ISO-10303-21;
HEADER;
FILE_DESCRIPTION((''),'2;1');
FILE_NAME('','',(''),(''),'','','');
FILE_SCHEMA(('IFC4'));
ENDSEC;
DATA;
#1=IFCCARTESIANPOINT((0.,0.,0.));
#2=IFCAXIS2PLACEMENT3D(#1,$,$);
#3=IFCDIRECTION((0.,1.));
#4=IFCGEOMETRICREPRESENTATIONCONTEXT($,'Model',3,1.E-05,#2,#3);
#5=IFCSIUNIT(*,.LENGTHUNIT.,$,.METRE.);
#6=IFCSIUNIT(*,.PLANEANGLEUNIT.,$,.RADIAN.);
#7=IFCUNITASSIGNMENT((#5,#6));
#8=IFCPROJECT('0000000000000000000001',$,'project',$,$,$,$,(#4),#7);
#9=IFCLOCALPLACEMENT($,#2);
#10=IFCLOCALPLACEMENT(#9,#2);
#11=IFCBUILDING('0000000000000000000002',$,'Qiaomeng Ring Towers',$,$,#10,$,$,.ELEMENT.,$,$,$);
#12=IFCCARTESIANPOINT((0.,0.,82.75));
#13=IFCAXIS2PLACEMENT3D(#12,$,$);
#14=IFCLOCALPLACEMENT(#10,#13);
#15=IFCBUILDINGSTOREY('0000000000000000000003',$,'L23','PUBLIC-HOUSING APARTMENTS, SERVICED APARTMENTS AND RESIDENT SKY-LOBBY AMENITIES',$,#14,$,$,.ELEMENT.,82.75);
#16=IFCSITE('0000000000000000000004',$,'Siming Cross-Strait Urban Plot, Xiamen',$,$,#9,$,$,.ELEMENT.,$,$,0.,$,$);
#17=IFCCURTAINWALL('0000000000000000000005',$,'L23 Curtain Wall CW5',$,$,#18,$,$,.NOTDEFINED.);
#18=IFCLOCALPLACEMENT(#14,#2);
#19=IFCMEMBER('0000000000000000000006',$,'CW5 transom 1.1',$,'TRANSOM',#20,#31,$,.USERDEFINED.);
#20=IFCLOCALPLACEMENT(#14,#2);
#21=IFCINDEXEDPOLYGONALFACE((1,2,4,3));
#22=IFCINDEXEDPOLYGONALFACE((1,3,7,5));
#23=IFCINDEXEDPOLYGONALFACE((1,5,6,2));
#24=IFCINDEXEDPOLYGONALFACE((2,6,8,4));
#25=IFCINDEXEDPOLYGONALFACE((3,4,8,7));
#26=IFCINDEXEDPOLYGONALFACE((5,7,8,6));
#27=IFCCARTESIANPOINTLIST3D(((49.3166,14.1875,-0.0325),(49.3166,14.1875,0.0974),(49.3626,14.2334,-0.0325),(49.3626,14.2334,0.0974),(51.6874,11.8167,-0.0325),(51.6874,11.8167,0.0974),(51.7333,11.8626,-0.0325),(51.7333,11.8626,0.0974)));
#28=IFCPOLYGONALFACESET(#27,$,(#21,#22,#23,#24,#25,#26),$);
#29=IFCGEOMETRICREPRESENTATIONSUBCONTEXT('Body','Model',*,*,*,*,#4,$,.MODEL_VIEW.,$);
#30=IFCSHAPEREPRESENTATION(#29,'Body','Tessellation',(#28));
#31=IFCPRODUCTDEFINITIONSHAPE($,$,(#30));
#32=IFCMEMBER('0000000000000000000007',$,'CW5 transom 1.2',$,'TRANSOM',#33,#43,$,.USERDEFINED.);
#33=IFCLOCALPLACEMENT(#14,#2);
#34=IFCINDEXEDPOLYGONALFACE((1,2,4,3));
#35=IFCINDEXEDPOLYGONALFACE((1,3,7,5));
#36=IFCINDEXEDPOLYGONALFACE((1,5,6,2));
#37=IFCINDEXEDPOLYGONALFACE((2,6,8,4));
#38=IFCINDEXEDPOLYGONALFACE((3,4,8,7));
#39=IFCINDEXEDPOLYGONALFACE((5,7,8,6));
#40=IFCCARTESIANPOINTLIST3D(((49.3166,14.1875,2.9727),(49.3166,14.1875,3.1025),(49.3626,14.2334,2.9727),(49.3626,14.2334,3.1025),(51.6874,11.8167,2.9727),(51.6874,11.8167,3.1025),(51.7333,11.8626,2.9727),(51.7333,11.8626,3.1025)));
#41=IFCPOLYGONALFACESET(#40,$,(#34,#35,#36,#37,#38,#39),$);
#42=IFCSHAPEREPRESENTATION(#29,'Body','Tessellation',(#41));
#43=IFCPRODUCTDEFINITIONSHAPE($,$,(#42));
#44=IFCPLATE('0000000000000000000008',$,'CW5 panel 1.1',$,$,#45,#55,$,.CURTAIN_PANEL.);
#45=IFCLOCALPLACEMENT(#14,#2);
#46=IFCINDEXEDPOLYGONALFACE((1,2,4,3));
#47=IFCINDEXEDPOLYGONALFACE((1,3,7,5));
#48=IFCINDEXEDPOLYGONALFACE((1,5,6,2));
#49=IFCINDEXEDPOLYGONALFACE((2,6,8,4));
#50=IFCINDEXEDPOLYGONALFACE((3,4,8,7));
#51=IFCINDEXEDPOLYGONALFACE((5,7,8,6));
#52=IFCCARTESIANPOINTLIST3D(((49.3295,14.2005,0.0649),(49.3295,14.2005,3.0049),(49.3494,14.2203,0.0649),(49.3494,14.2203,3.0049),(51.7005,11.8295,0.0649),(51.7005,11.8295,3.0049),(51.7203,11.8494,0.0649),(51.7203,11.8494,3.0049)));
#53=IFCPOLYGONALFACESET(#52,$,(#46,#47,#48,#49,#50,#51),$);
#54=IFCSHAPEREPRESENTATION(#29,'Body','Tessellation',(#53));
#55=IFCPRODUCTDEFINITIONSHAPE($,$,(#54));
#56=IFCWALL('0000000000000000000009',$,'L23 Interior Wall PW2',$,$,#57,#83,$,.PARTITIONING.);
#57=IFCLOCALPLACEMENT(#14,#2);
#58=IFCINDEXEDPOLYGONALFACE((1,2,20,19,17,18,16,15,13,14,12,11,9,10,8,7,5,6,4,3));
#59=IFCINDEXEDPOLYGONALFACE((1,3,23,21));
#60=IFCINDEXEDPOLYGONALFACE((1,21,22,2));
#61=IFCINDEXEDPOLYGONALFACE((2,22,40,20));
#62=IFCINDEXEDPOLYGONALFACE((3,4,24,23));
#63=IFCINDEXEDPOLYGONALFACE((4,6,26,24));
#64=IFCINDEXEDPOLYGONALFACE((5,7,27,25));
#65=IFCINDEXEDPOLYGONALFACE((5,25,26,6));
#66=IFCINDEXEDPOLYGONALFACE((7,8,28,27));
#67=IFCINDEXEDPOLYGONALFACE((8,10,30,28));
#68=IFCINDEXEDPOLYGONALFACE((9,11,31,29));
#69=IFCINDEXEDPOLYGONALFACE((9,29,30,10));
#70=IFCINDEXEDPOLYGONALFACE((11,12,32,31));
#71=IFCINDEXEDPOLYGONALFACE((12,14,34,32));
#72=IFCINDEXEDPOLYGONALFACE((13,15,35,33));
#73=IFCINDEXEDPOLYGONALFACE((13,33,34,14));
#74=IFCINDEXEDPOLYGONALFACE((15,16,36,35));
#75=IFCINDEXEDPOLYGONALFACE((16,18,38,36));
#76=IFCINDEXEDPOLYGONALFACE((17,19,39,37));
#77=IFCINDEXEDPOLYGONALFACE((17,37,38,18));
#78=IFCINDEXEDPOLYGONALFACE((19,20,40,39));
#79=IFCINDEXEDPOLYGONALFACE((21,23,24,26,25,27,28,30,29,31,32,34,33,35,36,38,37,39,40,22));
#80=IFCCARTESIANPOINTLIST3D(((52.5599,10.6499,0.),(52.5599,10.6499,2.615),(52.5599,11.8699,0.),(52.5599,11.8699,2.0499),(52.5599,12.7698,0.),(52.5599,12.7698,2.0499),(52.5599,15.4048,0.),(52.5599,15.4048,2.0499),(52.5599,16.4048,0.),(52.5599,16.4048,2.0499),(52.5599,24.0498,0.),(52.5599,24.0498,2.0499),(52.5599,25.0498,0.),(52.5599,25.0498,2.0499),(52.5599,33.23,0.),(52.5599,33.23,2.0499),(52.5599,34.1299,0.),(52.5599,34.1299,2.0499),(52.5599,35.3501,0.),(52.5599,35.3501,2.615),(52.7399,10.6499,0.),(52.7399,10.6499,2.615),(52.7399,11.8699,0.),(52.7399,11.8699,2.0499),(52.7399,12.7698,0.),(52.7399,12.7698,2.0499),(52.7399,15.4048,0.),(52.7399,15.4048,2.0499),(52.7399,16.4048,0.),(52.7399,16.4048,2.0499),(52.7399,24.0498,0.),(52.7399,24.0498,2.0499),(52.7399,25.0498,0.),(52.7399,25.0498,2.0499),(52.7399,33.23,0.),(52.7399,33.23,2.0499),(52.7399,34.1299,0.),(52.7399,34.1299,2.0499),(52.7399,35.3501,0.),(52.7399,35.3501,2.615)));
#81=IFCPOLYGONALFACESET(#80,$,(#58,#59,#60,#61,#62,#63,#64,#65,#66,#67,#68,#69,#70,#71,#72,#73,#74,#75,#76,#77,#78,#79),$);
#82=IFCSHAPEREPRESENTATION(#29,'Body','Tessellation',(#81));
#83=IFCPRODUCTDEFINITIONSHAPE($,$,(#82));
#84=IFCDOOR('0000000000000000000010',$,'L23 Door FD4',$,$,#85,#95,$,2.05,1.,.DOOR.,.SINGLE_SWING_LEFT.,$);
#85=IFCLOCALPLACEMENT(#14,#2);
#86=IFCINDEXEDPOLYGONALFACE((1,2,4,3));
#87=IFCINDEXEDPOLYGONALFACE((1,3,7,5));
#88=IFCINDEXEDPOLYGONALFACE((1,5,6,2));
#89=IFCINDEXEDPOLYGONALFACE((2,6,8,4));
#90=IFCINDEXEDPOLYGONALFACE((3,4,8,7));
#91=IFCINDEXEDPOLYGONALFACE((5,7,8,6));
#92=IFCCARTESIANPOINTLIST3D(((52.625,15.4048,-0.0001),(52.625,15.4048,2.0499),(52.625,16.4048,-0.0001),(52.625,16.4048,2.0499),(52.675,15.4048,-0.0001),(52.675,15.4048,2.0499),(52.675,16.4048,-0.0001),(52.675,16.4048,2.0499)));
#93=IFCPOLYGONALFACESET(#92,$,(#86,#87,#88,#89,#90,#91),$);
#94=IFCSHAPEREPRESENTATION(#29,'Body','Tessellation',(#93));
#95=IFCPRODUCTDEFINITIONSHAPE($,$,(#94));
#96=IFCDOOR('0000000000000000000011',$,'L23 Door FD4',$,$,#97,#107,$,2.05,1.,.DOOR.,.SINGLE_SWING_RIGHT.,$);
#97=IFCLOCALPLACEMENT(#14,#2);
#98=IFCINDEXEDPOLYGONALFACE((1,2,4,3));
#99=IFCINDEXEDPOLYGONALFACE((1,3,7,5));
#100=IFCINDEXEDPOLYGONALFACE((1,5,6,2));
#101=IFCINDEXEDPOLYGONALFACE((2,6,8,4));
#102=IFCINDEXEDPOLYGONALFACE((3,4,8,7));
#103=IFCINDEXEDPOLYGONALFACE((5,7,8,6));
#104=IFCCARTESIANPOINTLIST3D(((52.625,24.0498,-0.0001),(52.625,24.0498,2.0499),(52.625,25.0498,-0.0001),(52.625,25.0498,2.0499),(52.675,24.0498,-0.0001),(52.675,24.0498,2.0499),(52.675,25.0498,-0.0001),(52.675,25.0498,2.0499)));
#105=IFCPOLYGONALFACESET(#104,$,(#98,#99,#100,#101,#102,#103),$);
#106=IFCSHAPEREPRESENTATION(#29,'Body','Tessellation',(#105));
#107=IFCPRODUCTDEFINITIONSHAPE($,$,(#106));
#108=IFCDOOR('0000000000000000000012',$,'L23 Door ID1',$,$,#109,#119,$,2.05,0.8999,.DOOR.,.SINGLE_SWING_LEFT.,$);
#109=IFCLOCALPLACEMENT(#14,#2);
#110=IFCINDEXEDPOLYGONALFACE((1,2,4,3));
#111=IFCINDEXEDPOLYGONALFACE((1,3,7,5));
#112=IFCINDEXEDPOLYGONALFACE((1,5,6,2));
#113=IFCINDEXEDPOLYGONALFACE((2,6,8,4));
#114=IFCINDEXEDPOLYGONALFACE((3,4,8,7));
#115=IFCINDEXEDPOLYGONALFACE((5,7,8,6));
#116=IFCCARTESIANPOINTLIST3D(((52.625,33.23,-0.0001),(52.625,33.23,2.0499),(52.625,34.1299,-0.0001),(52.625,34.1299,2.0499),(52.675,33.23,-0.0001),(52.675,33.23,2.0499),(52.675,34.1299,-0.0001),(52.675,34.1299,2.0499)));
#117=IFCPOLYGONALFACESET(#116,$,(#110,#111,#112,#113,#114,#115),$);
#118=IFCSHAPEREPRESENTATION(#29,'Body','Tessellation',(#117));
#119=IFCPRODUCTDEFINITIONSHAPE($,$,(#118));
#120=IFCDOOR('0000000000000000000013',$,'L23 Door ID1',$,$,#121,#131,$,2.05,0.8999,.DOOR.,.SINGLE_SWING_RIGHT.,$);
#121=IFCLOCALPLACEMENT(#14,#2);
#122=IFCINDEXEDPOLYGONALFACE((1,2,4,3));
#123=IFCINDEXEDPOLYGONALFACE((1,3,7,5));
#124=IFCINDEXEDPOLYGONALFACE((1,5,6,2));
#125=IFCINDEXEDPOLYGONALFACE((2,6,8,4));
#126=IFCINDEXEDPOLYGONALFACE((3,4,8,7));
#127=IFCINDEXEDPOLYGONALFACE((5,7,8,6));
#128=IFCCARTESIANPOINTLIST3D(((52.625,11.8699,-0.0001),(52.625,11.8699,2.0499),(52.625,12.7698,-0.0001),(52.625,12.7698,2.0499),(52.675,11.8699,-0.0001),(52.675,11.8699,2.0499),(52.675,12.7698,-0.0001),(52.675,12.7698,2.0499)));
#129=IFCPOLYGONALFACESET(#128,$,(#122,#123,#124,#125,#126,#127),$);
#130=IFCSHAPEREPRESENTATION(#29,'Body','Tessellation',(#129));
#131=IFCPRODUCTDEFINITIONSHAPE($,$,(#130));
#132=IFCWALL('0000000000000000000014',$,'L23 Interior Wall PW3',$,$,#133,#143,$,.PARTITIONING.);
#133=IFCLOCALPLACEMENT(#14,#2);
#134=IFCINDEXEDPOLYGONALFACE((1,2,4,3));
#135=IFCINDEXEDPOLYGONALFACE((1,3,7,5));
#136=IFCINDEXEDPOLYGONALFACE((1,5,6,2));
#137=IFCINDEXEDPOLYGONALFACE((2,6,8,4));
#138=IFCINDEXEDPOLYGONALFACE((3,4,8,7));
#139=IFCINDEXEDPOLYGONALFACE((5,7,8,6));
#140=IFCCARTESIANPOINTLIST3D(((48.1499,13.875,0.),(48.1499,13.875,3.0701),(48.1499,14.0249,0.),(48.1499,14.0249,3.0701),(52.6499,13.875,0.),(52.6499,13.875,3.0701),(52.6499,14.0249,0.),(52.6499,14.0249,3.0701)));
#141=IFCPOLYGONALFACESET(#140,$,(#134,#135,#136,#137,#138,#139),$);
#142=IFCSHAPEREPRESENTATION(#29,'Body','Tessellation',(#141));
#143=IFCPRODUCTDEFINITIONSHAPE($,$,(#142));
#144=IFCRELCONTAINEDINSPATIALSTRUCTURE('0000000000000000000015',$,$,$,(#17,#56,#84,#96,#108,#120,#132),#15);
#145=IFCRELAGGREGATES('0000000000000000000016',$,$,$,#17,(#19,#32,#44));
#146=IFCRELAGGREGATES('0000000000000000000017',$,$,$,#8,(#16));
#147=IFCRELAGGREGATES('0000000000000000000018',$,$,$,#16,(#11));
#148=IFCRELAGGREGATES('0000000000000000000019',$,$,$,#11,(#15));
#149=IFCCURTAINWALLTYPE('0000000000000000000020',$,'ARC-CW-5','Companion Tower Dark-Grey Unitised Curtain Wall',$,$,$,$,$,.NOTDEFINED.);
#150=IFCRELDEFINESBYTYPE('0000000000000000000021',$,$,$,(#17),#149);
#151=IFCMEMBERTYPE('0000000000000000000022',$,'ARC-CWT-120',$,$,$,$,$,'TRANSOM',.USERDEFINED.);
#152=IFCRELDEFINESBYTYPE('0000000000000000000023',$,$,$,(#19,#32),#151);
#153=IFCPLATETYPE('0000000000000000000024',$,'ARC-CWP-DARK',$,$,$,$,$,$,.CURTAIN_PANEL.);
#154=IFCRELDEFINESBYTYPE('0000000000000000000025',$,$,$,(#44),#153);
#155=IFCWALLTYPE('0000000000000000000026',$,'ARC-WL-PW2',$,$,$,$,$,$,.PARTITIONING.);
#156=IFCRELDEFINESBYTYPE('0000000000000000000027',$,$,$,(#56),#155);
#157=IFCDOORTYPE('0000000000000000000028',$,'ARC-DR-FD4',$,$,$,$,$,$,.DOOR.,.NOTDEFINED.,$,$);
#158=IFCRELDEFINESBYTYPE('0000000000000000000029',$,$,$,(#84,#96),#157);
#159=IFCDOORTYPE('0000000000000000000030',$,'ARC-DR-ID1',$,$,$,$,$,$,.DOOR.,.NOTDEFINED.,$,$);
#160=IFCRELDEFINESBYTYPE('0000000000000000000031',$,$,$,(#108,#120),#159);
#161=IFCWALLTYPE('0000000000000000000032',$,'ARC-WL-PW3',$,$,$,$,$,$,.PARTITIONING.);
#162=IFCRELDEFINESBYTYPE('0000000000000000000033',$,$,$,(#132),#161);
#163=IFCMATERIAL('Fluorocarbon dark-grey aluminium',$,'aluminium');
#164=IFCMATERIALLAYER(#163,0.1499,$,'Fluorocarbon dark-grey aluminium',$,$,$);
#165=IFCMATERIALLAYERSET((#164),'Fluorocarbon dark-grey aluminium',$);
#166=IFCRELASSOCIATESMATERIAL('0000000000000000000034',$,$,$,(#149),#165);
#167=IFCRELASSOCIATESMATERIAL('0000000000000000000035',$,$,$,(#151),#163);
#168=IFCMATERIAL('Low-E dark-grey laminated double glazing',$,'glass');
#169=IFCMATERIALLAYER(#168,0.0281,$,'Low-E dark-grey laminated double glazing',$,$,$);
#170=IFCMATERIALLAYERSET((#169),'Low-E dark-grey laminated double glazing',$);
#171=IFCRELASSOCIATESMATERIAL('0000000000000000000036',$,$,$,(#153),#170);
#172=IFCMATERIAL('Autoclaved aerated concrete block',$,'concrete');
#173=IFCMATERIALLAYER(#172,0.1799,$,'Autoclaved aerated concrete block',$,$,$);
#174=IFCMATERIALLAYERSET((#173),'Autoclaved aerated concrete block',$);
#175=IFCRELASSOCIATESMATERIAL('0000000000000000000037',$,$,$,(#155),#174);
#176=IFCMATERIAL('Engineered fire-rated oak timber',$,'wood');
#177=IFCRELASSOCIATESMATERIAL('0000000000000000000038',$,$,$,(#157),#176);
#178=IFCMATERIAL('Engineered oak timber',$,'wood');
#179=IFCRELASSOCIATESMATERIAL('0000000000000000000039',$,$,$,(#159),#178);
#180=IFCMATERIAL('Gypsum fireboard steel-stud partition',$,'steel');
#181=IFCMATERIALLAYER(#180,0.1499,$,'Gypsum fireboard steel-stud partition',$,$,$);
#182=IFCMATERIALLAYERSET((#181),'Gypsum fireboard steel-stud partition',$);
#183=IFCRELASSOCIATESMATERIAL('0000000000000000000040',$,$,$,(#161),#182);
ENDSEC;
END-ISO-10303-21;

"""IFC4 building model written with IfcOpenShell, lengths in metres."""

from ifc_helpers import new_model, si_unit, direction, frame, frame_2d, origin, origin_2d, place, context, subcontext, project, spatial, rectangle, extrude, source, transform, mapped, material, layer, layer_set, material_profile, profile_set, type_object, element, fill, aggregate, save


model = new_model("IFC4")

# Units and contexts
model_context = context("Model", 3, precision=1e-05, world=origin(), true_north=direction((0.0, 1.0)))
body_context = subcontext(model_context, "Body", "Model", "MODEL_VIEW")
ifc_project = project(units=[si_unit("LENGTHUNIT", "METRE"), si_unit("PLANEANGLEUNIT", "RADIAN")], contexts=[model_context])

# Site, building, storey
site_placement = place(None, origin())
site = spatial("IfcSite", under=ifc_project, at=site_placement, Name="Siming Cross-Strait Urban Plot, Xiamen", CompositionType="ELEMENT", RefElevation=0.0)
building_placement = place(site_placement, origin())
building = spatial("IfcBuilding", under=site, at=building_placement, Name="Qiaomeng Ring Towers", CompositionType="ELEMENT")
storey_placement = place(building_placement, frame((0.0, 0.0, 82.75)))
storey = spatial("IfcBuildingStorey", under=building, at=storey_placement, Name="L23", Description="PUBLIC-HOUSING APARTMENTS, SERVICED APARTMENTS AND RESIDENT SKY-LOBBY AMENITIES", CompositionType="ELEMENT", Elevation=82.75)

# Curtain wall
ifc_material_1 = material(Name="Fluorocarbon dark-grey aluminium", Category="aluminium")
ifc_layer_1 = layer(ifc_material_1, 0.1499, Name="Fluorocarbon dark-grey aluminium")
ifc_layer_set_1 = layer_set([ifc_layer_1], Name="Fluorocarbon dark-grey aluminium")
curtain_wall_type = type_object("IfcCurtainWallType", Name="ARC-CW-5", Description="Companion Tower Dark-Grey Unitised Curtain Wall", PredefinedType="NOTDEFINED", material=ifc_layer_set_1)
curtain_wall_1_placement = place(storey_placement, origin())
curtain_wall_1 = element("IfcCurtainWall", 1, at=curtain_wall_1_placement, inside=storey, type_object=curtain_wall_type, Name="L23 Curtain Wall CW5", PredefinedType="NOTDEFINED")

# Shared definitions
ifc_material_profile_1 = material_profile(ifc_material_1, rectangle(XDim=0.0649, YDim=0.1299, at=origin_2d()), Name="ALU TRAN 65x130")
ifc_profile_set_1 = profile_set([ifc_material_profile_1], Name="Fluorocarbon dark-grey aluminium")
member_type_1 = type_object("IfcMemberType", Name="ARC-CWT-120", ElementType="TRANSOM", PredefinedType="USERDEFINED", material=ifc_profile_set_1)

# Members
shared_shape_1 = source(origin(), body_context, "Body", "SweptSolid", [
    extrude(rectangle(XDim=0.0649, YDim=0.1299, at=origin_2d()), origin(), (0.0, 0.0, 1.0), 3.3528),
])
member_1_placement = place(storey_placement, frame((49.3396, 14.2104, 0.0325), z_axis=(0.707107, -0.707107, 0.0), x_axis=(0.707107, 0.707107, 0.0)))
member_1 = element("IfcMember", 2, at=member_1_placement, type_object=member_type_1, Name="CW5 transom 1.1", ObjectType="TRANSOM", PredefinedType="USERDEFINED", context=body_context, shape_type="MappedRepresentation", body=[
    mapped(shared_shape_1, transform((0.0, 0.0, 0.0), x_axis=(1.0, 0.0, 0.0), y_axis=(0.0, 1.0, 0.0), z_axis=(0.0, 0.0, 1.0), scale=1.0)),
])
member_2_placement = place(storey_placement, frame((49.3396, 14.2104, 3.0376), z_axis=(0.707107, -0.707107, 0.0), x_axis=(0.707107, 0.707107, 0.0)))
member_2 = element("IfcMember", 3, at=member_2_placement, type_object=member_type_1, Name="CW5 transom 1.2", ObjectType="TRANSOM", PredefinedType="USERDEFINED", context=body_context, shape_type="MappedRepresentation", body=[
    mapped(shared_shape_1, transform((0.0, 0.0, 0.0), x_axis=(1.0, 0.0, 0.0), y_axis=(0.0, 1.0, 0.0), z_axis=(0.0, 0.0, 1.0), scale=1.0)),
])

# Plate
ifc_material_2 = material(Name="Low-E dark-grey laminated double glazing", Category="glass")
ifc_layer_2 = layer(ifc_material_2, 0.0281, Name="Low-E dark-grey laminated double glazing")
ifc_layer_set_2 = layer_set([ifc_layer_2], Name="Low-E dark-grey laminated double glazing")
plate_type = type_object("IfcPlateType", Name="ARC-CWP-DARK", PredefinedType="CURTAIN_PANEL", material=ifc_layer_set_2)
shared_shape_2 = source(origin(), body_context, "Body", "SweptSolid", [
    extrude(rectangle(XDim=3.353, YDim=0.0281, at=origin_2d()), origin(), (0.0, 0.0, 1.0), 2.9399),
])
plate_placement = place(storey_placement, frame((50.5249, 13.0249, 0.0649), z_axis=(0.0, 0.0, 1.0), x_axis=(0.707107, -0.707107, 0.0)))
plate = element("IfcPlate", 4, at=plate_placement, type_object=plate_type, Name="CW5 panel 1.1", PredefinedType="CURTAIN_PANEL", context=body_context, shape_type="MappedRepresentation", body=[
    mapped(shared_shape_2, transform((0.0, 0.0, 0.0), x_axis=(1.0, 0.0, 0.0), y_axis=(0.0, 1.0, 0.0), z_axis=(0.0, 0.0, 1.0), scale=1.0)),
])
aggregate(curtain_wall_1, [member_1, member_2, plate])

# Wall, openings, doors
ifc_material_3 = material(Name="Autoclaved aerated concrete block", Category="concrete")
ifc_layer_3 = layer(ifc_material_3, 0.1799, Name="Autoclaved aerated concrete block")
ifc_layer_set_3 = layer_set([ifc_layer_3], Name="Autoclaved aerated concrete block")
wall_type_1 = type_object("IfcWallType", Name="ARC-WL-PW2", PredefinedType="PARTITIONING", material=ifc_layer_set_3)
wall_1_placement = place(storey_placement, frame((52.6499, 10.6499, 0.0), z_axis=(0.0, 0.0, 1.0), x_axis=(0.0, 1.0, 0.0)))
wall_1 = element("IfcWall", 5, at=wall_1_placement, inside=storey, type_object=wall_type_1, Name="L23 Interior Wall PW2", PredefinedType="PARTITIONING", context=body_context, shape_type="SweptSolid", body=[
    extrude(rectangle(XDim=24.7002, YDim=0.1799, at=frame_2d((12.3501, 0.0))), origin(), (0.0, 0.0, 1.0), 2.615),
])
opening_1_placement = place(wall_1_placement, frame((22.5801, 0.0, 0.0)))
opening_1 = element("IfcOpeningElement", 6, at=opening_1_placement, cuts=wall_1, PredefinedType="OPENING", context=body_context, shape_type="SweptSolid", body=[
    extrude(rectangle(XDim=0.8999, YDim=2.05, at=frame_2d((0.45, 1.0249))), frame((0.0, 0.0999, 0.0), z_axis=(0.0, -1.0, 0.0), x_axis=(1.0, 0.0, 0.0)), (0.0, 0.0, 1.0), 0.2),
])
opening_2_placement = place(wall_1_placement, frame((1.22, 0.0, 0.0)))
opening_2 = element("IfcOpeningElement", 7, at=opening_2_placement, cuts=wall_1, PredefinedType="OPENING", context=body_context, shape_type="SweptSolid", body=[
    extrude(rectangle(XDim=0.8999, YDim=2.05, at=frame_2d((0.45, 1.0249))), frame((0.0, 0.0999, 0.0), z_axis=(0.0, -1.0, 0.0), x_axis=(1.0, 0.0, 0.0)), (0.0, 0.0, 1.0), 0.2),
])
opening_3_placement = place(wall_1_placement, frame((4.7549, 0.0, 0.0)))
opening_3 = element("IfcOpeningElement", 8, at=opening_3_placement, cuts=wall_1, PredefinedType="OPENING", context=body_context, shape_type="SweptSolid", body=[
    extrude(rectangle(XDim=1.0, YDim=2.05, at=frame_2d((0.5, 1.0249))), frame((0.0, 0.0999, 0.0), z_axis=(0.0, -1.0, 0.0), x_axis=(1.0, 0.0, 0.0)), (0.0, 0.0, 1.0), 0.2),
])
opening_4_placement = place(wall_1_placement, frame((13.3999, 0.0, 0.0)))
opening_4 = element("IfcOpeningElement", 9, at=opening_4_placement, cuts=wall_1, PredefinedType="OPENING", context=body_context, shape_type="SweptSolid", body=[
    extrude(rectangle(XDim=1.0, YDim=2.05, at=frame_2d((0.5, 1.0249))), frame((0.0, 0.0999, 0.0), z_axis=(0.0, -1.0, 0.0), x_axis=(1.0, 0.0, 0.0)), (0.0, 0.0, 1.0), 0.2),
])
ifc_material_4 = material(Name="Engineered fire-rated oak timber", Category="wood")
door_type_1 = type_object("IfcDoorType", Name="ARC-DR-FD4", OperationType="NOTDEFINED", PredefinedType="DOOR", material=ifc_material_4)
shared_shape_3 = source(origin(), body_context, "Body", "SweptSolid", [
    extrude(rectangle(XDim=1.0, YDim=2.05, at=frame_2d((0.5, 1.0249))), frame((0.0, 0.0249, 0.0), z_axis=(0.0, -1.0, 0.0), x_axis=(1.0, 0.0, 0.0)), (0.0, 0.0, 1.0), 0.05),
])
door_1_placement = place(opening_3_placement, origin())
door_1 = element("IfcDoor", 10, at=door_1_placement, inside=storey, type_object=door_type_1, Name="L23 Door FD4", OperationType="SINGLE_SWING_LEFT", OverallHeight=2.05, OverallWidth=1.0, PredefinedType="DOOR", context=body_context, shape_type="MappedRepresentation", body=[
    mapped(shared_shape_3, transform((0.0, 0.0, 0.0), x_axis=(1.0, 0.0, 0.0), y_axis=(0.0, 1.0, 0.0), z_axis=(0.0, 0.0, 1.0), scale=1.0)),
])
fill(opening_3, door_1)
door_2_placement = place(opening_4_placement, origin())
door_2 = element("IfcDoor", 11, at=door_2_placement, inside=storey, type_object=door_type_1, Name="L23 Door FD4", OperationType="SINGLE_SWING_RIGHT", OverallHeight=2.05, OverallWidth=1.0, PredefinedType="DOOR", context=body_context, shape_type="MappedRepresentation", body=[
    mapped(shared_shape_3, transform((0.0, 0.0, 0.0), x_axis=(1.0, 0.0, 0.0), y_axis=(0.0, 1.0, 0.0), z_axis=(0.0, 0.0, 1.0), scale=1.0)),
])
fill(opening_4, door_2)
ifc_material_5 = material(Name="Engineered oak timber", Category="wood")
door_type_2 = type_object("IfcDoorType", Name="ARC-DR-ID1", OperationType="NOTDEFINED", PredefinedType="DOOR", material=ifc_material_5)
shared_shape_4 = source(origin(), body_context, "Body", "SweptSolid", [
    extrude(rectangle(XDim=0.8999, YDim=2.05, at=frame_2d((0.45, 1.0249))), frame((0.0, 0.0249, 0.0), z_axis=(0.0, -1.0, 0.0), x_axis=(1.0, 0.0, 0.0)), (0.0, 0.0, 1.0), 0.05),
])
door_3_placement = place(opening_1_placement, origin())
door_3 = element("IfcDoor", 12, at=door_3_placement, inside=storey, type_object=door_type_2, Name="L23 Door ID1", OperationType="SINGLE_SWING_LEFT", OverallHeight=2.05, OverallWidth=0.8999, PredefinedType="DOOR", context=body_context, shape_type="MappedRepresentation", body=[
    mapped(shared_shape_4, transform((0.0, 0.0, 0.0), x_axis=(1.0, 0.0, 0.0), y_axis=(0.0, 1.0, 0.0), z_axis=(0.0, 0.0, 1.0), scale=1.0)),
])
fill(opening_1, door_3)
door_4_placement = place(opening_2_placement, origin())
door_4 = element("IfcDoor", 13, at=door_4_placement, inside=storey, type_object=door_type_2, Name="L23 Door ID1", OperationType="SINGLE_SWING_RIGHT", OverallHeight=2.05, OverallWidth=0.8999, PredefinedType="DOOR", context=body_context, shape_type="MappedRepresentation", body=[
    mapped(shared_shape_4, transform((0.0, 0.0, 0.0), x_axis=(1.0, 0.0, 0.0), y_axis=(0.0, 1.0, 0.0), z_axis=(0.0, 0.0, 1.0), scale=1.0)),
])
fill(opening_2, door_4)

# Wall
ifc_material_6 = material(Name="Gypsum fireboard steel-stud partition", Category="steel")
ifc_layer_4 = layer(ifc_material_6, 0.1499, Name="Gypsum fireboard steel-stud partition")
ifc_layer_set_4 = layer_set([ifc_layer_4], Name="Gypsum fireboard steel-stud partition")
wall_type_2 = type_object("IfcWallType", Name="ARC-WL-PW3", PredefinedType="PARTITIONING", material=ifc_layer_set_4)
wall_2_placement = place(storey_placement, frame((48.1499, 13.95, 0.0), z_axis=(0.0, 0.0, 1.0), x_axis=(1.0, 0.0, 0.0)))
element("IfcWall", 14, at=wall_2_placement, inside=storey, type_object=wall_type_2, Name="L23 Interior Wall PW3", PredefinedType="PARTITIONING", context=body_context, shape_type="SweptSolid", body=[
    extrude(rectangle(XDim=4.5, YDim=0.1499, at=frame_2d((2.25, 0.0))), origin(), (0.0, 0.0, 1.0), 3.0701),
])

save(model, "model.ifc")
